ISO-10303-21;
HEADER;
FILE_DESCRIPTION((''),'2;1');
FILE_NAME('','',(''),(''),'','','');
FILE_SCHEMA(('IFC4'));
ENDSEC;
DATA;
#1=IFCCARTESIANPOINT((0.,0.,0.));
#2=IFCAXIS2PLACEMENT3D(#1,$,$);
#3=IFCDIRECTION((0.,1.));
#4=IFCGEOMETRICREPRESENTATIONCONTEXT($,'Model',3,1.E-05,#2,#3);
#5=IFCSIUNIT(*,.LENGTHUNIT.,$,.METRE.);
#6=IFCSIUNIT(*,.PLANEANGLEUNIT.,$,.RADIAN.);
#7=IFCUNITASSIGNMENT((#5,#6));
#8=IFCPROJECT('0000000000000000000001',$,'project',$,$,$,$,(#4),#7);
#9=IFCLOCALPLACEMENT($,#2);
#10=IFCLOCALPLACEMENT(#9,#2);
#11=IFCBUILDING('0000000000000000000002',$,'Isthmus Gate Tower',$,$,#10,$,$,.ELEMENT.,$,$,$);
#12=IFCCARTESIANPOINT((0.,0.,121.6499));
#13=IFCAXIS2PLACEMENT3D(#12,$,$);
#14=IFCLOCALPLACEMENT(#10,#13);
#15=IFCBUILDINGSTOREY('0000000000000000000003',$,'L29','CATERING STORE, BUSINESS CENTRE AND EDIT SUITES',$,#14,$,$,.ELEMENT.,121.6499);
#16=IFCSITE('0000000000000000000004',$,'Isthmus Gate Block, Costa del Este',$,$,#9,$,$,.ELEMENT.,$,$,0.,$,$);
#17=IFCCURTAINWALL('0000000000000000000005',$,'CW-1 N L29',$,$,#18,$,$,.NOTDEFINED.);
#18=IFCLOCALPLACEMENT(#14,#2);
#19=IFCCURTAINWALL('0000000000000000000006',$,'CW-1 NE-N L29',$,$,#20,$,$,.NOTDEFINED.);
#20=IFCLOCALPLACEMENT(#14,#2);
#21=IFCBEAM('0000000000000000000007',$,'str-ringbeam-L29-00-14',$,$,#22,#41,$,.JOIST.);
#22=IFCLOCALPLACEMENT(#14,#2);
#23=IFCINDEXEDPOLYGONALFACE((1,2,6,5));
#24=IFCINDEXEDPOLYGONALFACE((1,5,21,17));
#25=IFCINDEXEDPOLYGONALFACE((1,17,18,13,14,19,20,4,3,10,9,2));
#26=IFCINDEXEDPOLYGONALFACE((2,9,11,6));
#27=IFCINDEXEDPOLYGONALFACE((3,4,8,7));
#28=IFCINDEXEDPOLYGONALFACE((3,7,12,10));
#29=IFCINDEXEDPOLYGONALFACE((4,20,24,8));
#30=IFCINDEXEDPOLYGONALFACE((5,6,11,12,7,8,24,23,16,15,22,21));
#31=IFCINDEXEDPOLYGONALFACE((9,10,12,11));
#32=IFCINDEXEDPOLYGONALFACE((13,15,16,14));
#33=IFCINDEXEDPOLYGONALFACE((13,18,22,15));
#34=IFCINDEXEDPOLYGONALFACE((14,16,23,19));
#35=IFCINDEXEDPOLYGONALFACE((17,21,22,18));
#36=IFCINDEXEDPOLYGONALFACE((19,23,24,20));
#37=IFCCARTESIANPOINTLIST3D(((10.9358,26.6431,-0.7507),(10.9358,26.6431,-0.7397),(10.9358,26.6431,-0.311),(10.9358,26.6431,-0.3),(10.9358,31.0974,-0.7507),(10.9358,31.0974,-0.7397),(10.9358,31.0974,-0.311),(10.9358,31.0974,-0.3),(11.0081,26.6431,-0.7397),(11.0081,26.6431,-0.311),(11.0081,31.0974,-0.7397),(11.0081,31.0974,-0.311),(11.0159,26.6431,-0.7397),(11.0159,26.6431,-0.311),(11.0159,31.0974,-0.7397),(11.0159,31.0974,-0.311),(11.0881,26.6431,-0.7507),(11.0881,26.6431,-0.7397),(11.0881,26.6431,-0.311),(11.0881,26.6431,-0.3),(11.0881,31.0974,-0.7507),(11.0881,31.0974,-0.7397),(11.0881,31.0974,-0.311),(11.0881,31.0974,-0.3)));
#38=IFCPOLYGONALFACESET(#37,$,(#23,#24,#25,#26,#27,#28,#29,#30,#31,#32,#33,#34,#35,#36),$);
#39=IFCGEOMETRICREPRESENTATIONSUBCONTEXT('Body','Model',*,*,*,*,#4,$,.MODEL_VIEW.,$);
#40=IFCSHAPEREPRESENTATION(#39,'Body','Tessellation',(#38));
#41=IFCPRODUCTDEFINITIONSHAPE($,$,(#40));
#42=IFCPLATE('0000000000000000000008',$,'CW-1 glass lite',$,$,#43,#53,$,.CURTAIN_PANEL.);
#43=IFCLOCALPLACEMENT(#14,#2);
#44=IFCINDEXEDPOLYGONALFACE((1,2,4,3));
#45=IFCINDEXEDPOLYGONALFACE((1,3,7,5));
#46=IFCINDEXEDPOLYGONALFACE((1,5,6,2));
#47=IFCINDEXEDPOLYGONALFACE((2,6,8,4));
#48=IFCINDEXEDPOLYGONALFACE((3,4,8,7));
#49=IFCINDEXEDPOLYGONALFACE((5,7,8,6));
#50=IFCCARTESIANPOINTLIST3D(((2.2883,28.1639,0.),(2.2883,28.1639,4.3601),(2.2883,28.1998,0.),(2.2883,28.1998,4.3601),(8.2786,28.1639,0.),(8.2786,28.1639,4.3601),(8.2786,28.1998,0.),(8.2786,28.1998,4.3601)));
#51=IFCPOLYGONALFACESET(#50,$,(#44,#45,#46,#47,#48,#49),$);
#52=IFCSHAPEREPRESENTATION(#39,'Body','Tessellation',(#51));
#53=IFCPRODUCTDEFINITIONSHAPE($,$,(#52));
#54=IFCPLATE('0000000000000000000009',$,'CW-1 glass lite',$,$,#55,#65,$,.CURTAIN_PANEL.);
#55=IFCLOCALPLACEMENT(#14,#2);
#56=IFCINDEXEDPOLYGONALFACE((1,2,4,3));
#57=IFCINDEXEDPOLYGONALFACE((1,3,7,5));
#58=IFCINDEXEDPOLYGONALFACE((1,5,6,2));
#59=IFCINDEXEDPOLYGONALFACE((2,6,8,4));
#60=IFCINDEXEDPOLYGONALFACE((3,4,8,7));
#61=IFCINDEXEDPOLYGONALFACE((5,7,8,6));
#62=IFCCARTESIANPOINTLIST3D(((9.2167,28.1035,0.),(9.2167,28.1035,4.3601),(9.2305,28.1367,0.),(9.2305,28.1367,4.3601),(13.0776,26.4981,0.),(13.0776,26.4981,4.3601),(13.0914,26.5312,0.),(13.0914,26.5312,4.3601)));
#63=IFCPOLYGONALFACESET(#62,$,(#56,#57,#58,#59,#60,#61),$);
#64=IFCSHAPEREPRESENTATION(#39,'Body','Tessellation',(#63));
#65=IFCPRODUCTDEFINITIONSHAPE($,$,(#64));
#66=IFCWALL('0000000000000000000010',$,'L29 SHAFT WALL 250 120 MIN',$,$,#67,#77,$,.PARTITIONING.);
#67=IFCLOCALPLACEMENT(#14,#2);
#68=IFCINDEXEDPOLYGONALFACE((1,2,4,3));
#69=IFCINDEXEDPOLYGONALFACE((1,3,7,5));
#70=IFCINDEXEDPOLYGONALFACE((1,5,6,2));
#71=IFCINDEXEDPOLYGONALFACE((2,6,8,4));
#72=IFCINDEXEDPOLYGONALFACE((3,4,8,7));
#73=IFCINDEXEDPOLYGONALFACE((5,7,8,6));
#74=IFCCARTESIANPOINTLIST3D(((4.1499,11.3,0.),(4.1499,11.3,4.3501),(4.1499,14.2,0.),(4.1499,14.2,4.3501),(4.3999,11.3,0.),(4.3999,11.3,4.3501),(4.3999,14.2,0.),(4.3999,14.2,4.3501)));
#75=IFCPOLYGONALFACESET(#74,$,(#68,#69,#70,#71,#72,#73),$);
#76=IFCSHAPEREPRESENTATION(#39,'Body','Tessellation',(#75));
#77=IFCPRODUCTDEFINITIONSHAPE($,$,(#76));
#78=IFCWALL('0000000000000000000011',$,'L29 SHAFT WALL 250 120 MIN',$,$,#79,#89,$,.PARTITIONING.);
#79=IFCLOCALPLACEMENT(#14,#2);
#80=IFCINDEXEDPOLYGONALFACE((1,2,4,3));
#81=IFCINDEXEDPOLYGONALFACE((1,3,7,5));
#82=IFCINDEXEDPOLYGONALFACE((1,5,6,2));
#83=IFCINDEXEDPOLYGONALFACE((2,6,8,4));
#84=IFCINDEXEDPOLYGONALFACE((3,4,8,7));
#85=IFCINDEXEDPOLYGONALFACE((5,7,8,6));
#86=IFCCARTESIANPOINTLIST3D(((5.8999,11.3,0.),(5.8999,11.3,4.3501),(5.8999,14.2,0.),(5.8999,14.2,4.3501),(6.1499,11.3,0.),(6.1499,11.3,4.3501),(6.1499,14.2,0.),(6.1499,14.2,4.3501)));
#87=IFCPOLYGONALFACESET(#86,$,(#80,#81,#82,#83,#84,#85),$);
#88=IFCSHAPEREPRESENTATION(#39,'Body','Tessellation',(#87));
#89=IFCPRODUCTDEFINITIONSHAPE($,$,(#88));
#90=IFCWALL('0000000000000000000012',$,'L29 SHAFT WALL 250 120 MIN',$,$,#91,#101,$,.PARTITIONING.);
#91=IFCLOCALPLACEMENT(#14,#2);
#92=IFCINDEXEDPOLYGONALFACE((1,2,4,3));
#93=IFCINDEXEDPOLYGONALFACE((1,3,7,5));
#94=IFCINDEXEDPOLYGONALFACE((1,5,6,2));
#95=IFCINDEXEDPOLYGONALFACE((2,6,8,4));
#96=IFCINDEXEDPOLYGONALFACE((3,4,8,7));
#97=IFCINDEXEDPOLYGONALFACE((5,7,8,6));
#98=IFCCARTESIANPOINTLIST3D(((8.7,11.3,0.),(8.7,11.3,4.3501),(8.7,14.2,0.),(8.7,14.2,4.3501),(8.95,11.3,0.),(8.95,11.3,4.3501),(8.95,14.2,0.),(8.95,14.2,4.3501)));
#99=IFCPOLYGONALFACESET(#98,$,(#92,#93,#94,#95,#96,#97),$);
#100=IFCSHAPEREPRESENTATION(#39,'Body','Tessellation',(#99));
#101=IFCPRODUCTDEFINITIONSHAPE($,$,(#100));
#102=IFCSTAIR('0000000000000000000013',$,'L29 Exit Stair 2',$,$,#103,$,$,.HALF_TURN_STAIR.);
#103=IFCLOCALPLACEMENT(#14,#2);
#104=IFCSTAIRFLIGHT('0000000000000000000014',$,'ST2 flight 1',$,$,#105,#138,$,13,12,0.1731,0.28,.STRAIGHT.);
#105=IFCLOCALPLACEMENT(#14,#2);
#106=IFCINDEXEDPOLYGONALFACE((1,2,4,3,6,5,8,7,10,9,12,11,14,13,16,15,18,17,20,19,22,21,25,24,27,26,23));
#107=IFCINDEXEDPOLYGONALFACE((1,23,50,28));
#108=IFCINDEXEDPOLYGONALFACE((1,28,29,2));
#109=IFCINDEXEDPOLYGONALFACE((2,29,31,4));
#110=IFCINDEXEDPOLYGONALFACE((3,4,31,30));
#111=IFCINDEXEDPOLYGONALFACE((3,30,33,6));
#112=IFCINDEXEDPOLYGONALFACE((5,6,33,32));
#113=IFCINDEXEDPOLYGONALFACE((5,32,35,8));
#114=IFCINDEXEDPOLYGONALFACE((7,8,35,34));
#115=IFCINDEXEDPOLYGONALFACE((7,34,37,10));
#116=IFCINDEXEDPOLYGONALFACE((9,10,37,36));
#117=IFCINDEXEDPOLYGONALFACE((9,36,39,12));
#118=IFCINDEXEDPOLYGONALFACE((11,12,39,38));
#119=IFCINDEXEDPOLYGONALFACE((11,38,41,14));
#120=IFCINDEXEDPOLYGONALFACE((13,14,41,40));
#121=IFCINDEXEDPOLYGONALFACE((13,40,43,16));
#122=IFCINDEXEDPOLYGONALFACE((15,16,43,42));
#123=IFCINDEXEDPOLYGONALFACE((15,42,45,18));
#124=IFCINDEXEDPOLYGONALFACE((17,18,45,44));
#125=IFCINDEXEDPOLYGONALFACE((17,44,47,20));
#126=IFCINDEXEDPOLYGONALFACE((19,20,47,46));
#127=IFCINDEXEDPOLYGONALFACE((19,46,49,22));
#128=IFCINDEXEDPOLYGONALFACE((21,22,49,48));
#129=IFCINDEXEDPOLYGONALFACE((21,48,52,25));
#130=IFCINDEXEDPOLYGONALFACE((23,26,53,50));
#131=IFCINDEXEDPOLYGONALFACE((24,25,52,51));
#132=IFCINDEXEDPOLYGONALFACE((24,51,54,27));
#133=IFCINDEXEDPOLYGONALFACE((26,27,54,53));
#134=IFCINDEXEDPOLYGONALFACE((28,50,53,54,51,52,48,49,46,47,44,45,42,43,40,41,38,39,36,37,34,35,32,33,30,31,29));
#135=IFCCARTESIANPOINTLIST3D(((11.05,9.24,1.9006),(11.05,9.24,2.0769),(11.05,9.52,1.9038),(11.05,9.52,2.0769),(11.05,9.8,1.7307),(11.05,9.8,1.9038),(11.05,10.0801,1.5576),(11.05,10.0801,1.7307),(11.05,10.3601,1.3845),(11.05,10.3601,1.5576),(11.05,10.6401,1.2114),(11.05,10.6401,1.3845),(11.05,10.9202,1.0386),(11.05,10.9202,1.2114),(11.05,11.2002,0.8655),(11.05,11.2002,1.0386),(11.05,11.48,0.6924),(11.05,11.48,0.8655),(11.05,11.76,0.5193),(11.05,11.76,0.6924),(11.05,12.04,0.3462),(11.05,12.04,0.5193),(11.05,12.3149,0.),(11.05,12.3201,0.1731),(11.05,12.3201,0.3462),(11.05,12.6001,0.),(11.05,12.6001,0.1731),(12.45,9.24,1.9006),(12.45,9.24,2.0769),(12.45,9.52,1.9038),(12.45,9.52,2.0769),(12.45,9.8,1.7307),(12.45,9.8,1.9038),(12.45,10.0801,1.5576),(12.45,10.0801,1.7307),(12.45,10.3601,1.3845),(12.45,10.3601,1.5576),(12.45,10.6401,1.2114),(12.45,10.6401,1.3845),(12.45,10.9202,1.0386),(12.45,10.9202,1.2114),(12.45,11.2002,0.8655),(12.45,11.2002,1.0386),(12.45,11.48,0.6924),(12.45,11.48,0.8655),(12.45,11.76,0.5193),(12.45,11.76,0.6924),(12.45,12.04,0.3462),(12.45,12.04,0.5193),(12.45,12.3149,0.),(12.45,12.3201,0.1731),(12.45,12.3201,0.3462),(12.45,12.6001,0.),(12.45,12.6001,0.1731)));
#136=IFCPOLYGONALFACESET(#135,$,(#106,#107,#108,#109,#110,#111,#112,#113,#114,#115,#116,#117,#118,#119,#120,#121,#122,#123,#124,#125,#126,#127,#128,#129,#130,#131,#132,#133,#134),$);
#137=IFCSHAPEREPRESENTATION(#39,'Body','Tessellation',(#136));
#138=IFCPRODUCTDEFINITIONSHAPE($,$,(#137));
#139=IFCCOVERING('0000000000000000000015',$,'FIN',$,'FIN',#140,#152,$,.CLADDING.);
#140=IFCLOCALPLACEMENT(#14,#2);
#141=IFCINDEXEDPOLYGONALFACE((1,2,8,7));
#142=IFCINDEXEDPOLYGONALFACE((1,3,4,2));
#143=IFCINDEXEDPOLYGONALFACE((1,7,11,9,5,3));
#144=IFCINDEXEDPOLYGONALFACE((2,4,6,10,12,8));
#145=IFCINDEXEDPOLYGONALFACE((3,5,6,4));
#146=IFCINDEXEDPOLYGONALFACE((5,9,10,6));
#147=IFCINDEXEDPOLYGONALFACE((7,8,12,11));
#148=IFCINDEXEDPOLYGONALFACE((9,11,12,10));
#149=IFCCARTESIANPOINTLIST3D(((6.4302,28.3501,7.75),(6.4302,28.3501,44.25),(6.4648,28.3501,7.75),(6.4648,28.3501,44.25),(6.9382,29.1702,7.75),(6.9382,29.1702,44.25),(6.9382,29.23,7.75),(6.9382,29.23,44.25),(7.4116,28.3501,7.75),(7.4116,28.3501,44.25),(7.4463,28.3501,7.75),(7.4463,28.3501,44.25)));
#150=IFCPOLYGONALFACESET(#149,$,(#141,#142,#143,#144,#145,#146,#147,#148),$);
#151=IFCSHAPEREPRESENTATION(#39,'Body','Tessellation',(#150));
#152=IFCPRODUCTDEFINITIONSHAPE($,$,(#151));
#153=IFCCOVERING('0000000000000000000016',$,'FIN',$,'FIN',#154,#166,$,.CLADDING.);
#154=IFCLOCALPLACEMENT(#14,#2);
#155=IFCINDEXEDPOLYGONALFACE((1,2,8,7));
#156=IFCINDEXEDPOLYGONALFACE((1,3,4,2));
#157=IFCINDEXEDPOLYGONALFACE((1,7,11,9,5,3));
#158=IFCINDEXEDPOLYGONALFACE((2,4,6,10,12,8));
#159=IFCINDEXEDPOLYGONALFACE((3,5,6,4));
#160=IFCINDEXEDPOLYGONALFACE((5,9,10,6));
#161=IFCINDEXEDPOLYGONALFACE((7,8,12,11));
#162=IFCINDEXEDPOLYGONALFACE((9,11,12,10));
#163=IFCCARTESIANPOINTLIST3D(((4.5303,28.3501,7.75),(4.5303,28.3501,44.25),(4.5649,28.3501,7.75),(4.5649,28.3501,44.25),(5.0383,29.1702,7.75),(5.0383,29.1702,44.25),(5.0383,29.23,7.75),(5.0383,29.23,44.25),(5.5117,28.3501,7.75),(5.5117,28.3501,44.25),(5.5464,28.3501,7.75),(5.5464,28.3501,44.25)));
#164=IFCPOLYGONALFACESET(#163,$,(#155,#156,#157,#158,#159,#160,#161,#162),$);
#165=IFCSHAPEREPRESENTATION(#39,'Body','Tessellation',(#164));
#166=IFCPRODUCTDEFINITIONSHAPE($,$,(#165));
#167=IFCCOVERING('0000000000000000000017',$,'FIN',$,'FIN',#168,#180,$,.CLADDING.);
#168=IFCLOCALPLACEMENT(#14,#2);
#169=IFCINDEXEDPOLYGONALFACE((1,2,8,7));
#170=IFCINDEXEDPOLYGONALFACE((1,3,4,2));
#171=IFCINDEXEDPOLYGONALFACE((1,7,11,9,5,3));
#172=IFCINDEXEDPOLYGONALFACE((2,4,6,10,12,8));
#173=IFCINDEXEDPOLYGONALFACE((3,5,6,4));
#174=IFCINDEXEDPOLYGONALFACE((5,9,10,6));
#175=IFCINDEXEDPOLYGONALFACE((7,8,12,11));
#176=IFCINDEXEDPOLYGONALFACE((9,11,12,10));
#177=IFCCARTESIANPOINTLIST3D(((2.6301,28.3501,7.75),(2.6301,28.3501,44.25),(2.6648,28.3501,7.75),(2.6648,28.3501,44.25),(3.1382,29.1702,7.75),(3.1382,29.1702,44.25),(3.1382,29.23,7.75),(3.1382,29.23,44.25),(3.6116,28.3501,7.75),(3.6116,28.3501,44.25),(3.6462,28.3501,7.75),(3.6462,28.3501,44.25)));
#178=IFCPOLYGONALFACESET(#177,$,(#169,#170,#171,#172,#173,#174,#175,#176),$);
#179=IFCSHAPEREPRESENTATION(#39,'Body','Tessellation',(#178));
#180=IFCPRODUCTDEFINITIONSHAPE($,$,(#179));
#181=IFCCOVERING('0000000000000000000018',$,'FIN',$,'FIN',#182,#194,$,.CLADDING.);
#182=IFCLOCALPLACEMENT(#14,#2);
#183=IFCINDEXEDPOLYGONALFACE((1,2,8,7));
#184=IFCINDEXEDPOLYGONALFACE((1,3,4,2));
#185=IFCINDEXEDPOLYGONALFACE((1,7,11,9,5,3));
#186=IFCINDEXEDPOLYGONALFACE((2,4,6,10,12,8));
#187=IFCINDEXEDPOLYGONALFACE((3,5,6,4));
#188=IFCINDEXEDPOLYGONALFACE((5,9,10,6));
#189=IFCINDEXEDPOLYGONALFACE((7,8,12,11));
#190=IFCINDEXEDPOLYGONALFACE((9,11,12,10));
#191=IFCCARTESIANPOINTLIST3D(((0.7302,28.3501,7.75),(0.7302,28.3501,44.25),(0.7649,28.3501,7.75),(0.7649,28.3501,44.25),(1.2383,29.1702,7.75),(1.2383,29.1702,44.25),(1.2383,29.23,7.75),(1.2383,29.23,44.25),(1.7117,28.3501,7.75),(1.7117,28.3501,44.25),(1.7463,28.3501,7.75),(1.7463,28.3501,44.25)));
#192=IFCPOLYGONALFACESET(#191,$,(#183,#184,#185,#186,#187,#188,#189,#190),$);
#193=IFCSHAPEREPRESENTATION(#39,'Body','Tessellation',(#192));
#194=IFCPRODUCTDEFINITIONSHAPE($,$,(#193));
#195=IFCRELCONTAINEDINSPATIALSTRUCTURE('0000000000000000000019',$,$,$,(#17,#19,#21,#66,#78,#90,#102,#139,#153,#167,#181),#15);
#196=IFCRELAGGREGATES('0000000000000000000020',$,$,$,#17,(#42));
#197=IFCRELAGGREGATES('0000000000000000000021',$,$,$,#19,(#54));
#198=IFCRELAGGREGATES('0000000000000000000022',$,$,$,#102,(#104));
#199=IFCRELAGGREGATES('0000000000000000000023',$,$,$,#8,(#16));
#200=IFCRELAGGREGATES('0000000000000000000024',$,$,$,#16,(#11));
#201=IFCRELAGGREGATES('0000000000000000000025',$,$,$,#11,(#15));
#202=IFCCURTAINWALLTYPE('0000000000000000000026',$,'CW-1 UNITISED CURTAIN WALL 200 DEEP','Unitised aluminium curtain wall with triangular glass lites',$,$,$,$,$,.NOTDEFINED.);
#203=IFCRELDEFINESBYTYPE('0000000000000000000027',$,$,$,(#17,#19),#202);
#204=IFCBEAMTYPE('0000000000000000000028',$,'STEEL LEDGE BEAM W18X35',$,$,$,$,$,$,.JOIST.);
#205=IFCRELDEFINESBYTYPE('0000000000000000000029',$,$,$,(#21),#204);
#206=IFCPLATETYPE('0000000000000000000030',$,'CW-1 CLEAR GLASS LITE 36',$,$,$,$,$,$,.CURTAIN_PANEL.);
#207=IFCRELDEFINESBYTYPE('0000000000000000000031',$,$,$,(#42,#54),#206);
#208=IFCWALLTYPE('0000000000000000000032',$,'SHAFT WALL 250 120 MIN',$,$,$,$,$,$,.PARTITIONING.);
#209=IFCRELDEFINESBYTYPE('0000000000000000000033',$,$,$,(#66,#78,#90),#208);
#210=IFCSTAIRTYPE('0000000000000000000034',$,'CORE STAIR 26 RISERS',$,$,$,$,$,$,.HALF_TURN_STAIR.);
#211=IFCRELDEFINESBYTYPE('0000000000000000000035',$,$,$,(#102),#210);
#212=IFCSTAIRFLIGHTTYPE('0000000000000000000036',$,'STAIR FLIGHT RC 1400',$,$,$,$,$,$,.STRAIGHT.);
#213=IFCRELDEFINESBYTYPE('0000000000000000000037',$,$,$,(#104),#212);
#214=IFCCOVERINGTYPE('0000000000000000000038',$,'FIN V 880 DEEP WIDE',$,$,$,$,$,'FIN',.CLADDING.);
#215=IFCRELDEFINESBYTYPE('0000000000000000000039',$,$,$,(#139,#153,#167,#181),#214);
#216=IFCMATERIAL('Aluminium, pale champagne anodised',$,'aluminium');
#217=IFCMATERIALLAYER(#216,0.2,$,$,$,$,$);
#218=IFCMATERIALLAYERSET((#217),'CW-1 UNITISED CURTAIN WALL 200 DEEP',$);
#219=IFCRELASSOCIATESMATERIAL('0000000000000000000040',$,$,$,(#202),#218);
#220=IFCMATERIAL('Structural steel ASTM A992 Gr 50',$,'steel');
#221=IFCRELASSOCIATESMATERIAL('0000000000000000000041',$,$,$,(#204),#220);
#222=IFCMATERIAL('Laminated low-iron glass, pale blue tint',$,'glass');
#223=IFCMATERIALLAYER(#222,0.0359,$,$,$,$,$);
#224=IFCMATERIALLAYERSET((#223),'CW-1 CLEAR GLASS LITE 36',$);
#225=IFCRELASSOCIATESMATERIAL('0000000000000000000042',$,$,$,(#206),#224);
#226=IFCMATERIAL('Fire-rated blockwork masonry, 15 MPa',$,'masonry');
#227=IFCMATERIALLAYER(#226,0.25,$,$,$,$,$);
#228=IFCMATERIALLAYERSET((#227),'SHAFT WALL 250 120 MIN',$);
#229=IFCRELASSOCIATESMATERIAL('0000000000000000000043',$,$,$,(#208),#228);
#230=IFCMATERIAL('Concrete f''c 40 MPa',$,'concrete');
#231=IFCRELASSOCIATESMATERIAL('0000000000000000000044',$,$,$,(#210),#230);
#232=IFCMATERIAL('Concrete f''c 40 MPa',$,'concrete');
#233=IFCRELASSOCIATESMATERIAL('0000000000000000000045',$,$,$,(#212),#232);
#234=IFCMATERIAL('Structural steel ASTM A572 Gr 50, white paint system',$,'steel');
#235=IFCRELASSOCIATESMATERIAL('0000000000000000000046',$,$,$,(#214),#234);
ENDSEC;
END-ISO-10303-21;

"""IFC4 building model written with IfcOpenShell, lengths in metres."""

from ifc_helpers import new_model, si_unit, direction, frame, frame_2d, origin, origin_2d, place, context, subcontext, project, spatial, polyline, rectangle, i_section, outline, extrude, material, layer, layer_set, material_profile, profile_set, type_object, element, aggregate, save


model = new_model("IFC4")

# Units and contexts
model_context = context("Model", 3, precision=1e-05, world=origin(), true_north=direction((0.0, 1.0)))
body_context = subcontext(model_context, "Body", "Model", "MODEL_VIEW")
ifc_project = project(units=[si_unit("LENGTHUNIT", "METRE"), si_unit("PLANEANGLEUNIT", "RADIAN")], contexts=[model_context])

# Site, building, storey
site_placement = place(None, origin())
site = spatial("IfcSite", under=ifc_project, at=site_placement, Name="Isthmus Gate Block, Costa del Este", CompositionType="ELEMENT", RefElevation=0.0)
building_placement = place(site_placement, origin())
building = spatial("IfcBuilding", under=site, at=building_placement, Name="Isthmus Gate Tower", CompositionType="ELEMENT")
storey_placement = place(building_placement, frame((0.0, 0.0, 121.6499)))
storey = spatial("IfcBuildingStorey", under=building, at=storey_placement, Name="L29", Description="CATERING STORE, BUSINESS CENTRE AND EDIT SUITES", CompositionType="ELEMENT", Elevation=121.6499)

# Curtain walls
ifc_material_1 = material(Name="Aluminium, pale champagne anodised", Category="aluminium")
ifc_layer_1 = layer(ifc_material_1, 0.2)
ifc_layer_set_1 = layer_set([ifc_layer_1], Name="CW-1 UNITISED CURTAIN WALL 200 DEEP")
curtain_wall_type = type_object("IfcCurtainWallType", Name="CW-1 UNITISED CURTAIN WALL 200 DEEP", Description="Unitised aluminium curtain wall with triangular glass lites", PredefinedType="NOTDEFINED", material=ifc_layer_set_1)
curtain_wall_1_placement = place(storey_placement, origin())
curtain_wall_1 = element("IfcCurtainWall", 1, at=curtain_wall_1_placement, inside=storey, type_object=curtain_wall_type, Name="CW-1 N L29", PredefinedType="NOTDEFINED")
curtain_wall_2_placement = place(storey_placement, origin())
curtain_wall_2 = element("IfcCurtainWall", 2, at=curtain_wall_2_placement, inside=storey, type_object=curtain_wall_type, Name="CW-1 NE-N L29", PredefinedType="NOTDEFINED")

# Beam
ifc_material_2 = material(Name="Structural steel ASTM A992 Gr 50", Category="steel")
ifc_material_profile_1 = material_profile(ifc_material_2, i_section(OverallWidth=0.1523, OverallDepth=0.4507, WebThickness=0.0078, FlangeThickness=0.011, at=origin_2d()), Name="W18X35")
ifc_profile_set_1 = profile_set([ifc_material_profile_1], Name="Structural steel ASTM A992 Gr 50")
beam_type_1 = type_object("IfcBeamType", Name="STEEL LEDGE BEAM W18X35", PredefinedType="JOIST", material=ifc_profile_set_1)
beam_1_placement = place(storey_placement, frame((11.012, 26.6431, -0.5254), z_axis=(0.0, 1.0, 0.0), x_axis=(-1.0, 0.0, 0.0)))
element("IfcBeam", 3, at=beam_1_placement, inside=storey, type_object=beam_type_1, Name="str-ringbeam-L29-00-14", PredefinedType="JOIST", context=body_context, shape_type="SweptSolid", body=[
    extrude(i_section(OverallWidth=0.1523, OverallDepth=0.4507, WebThickness=0.0078, FlangeThickness=0.011, at=origin_2d()), origin(), (0.0, 0.0, 1.0), 4.4543),
])

# Plates
ifc_material_3 = material(Name="Laminated low-iron glass, pale blue tint", Category="glass")
ifc_layer_2 = layer(ifc_material_3, 0.0359)
ifc_layer_set_2 = layer_set([ifc_layer_2], Name="CW-1 CLEAR GLASS LITE 36")
plate_type = type_object("IfcPlateType", Name="CW-1 CLEAR GLASS LITE 36", PredefinedType="CURTAIN_PANEL", material=ifc_layer_set_2)
plate_1_placement = place(storey_placement, frame((5.2834, 28.1819, 0.0), z_axis=(0.0, 0.0, 1.0), x_axis=(-1.0, 0.0, 0.0)))
plate_1 = element("IfcPlate", 4, at=plate_1_placement, type_object=plate_type, Name="CW-1 glass lite", PredefinedType="CURTAIN_PANEL", context=body_context, shape_type="SweptSolid", body=[
    extrude(rectangle(XDim=5.9902, YDim=0.0359, at=origin_2d()), origin(), (0.0, 0.0, 1.0), 4.3601),
])
aggregate(curtain_wall_1, [plate_1])
plate_2_placement = place(storey_placement, frame((11.1541, 27.3174, 0.0), z_axis=(0.0, 0.0, 1.0), x_axis=(-0.923353, 0.383952, 0.0)))
plate_2 = element("IfcPlate", 5, at=plate_2_placement, type_object=plate_type, Name="CW-1 glass lite", PredefinedType="CURTAIN_PANEL", context=body_context, shape_type="SweptSolid", body=[
    extrude(rectangle(XDim=4.1814, YDim=0.0359, at=origin_2d()), origin(), (0.0, 0.0, 1.0), 4.3601),
])
aggregate(curtain_wall_2, [plate_2])

# Walls
ifc_material_4 = material(Name="Fire-rated blockwork masonry, 15 MPa", Category="masonry")
ifc_layer_3 = layer(ifc_material_4, 0.25)
ifc_layer_set_3 = layer_set([ifc_layer_3], Name="SHAFT WALL 250 120 MIN")
wall_type = type_object("IfcWallType", Name="SHAFT WALL 250 120 MIN", PredefinedType="PARTITIONING", material=ifc_layer_set_3)
for number, where, z_axis, x_axis, name in (
    (6, (4.2749, 11.3, 0.0), (0.0, 0.0, 1.0), (0.0, 1.0, 0.0), "L29 SHAFT WALL 250 120 MIN"),
    (7, (6.0249, 11.3, 0.0), (0.0, 0.0, 1.0), (0.0, 1.0, 0.0), "L29 SHAFT WALL 250 120 MIN"),
    (8, (8.825, 11.3, 0.0), (0.0, 0.0, 1.0), (0.0, 1.0, 0.0), "L29 SHAFT WALL 250 120 MIN"),
):
    element("IfcWall", number, at=place(storey_placement, frame(where, z_axis=z_axis, x_axis=x_axis)), inside=storey, type_object=wall_type, Name=name, PredefinedType="PARTITIONING", context=body_context, shape_type="SweptSolid", body=[
        extrude(rectangle(XDim=2.8999, YDim=0.25, at=frame_2d((1.45, 0.0))), origin(), (0.0, 0.0, 1.0), 4.3501),
    ])

# Stair, stair flight
ifc_material_5 = material(Name="Concrete f'c 40 MPa", Category="concrete")
stair_type = type_object("IfcStairType", Name="CORE STAIR 26 RISERS", PredefinedType="HALF_TURN_STAIR", material=ifc_material_5)
stair_placement = place(storey_placement, origin())
stair = element("IfcStair", 9, at=stair_placement, inside=storey, type_object=stair_type, Name="L29 Exit Stair 2", PredefinedType="HALF_TURN_STAIR")
ifc_material_6 = material(Name="Concrete f'c 40 MPa", Category="concrete")
stair_flight_type = type_object("IfcStairFlightType", Name="STAIR FLIGHT RC 1400", PredefinedType="STRAIGHT", material=ifc_material_6)
stair_flight_placement = place(storey_placement, frame((11.75, 12.6001, 0.0), z_axis=(0.0, 0.0, 1.0), x_axis=(0.0, -1.0, 0.0)))
stair_flight = element("IfcStairFlight", 10, at=stair_flight_placement, type_object=stair_flight_type, Name="ST2 flight 1", NumberOfRisers=13, NumberOfTreads=12, PredefinedType="STRAIGHT", RiserHeight=0.1731, TreadLength=0.28, context=body_context, shape_type="SweptSolid", body=[
    extrude(outline(polyline([(0.0, 0.0), (0.0, 0.1731), (0.28, 0.1731), (0.28, 0.3462), (0.5601, 0.3462), (0.5601, 0.5193), (0.8401, 0.5193), (0.8401, 0.6924), (1.1201, 0.6924), (1.1201, 0.8655), (1.3999, 0.8655), (1.3999, 1.0386), (1.6799, 1.0386), (1.6799, 1.2114), (1.96, 1.2114), (1.96, 1.3845), (2.24, 1.3845), (2.24, 1.5576), (2.52, 1.5576), (2.52, 1.7307), (2.8, 1.7307), (2.8, 1.9038), (3.0801, 1.9038), (3.0801, 2.0769), (3.3601, 2.0769), (3.3601, 2.25), (3.3601, 1.9006), (0.2852, 0.0), (0.0, 0.0)])), frame((0.0, 0.7, 0.0), z_axis=(0.0, -1.0, 0.0), x_axis=(1.0, 0.0, 0.0)), (0.0, 0.0, 1.0), 1.3999),
])
aggregate(stair, [stair_flight])

# Coverings
ifc_material_7 = material(Name="Structural steel ASTM A572 Gr 50, white paint system", Category="steel")
ifc_material_profile_2 = material_profile(ifc_material_7, outline(polyline([(0.0, -0.5081), (0.8799, 0.0), (0.0, 0.5081), (0.0, 0.4734), (0.8201, 0.0), (0.0, -0.4734), (0.0, -0.5081)])), Name="V880W")
ifc_profile_set_2 = profile_set([ifc_material_profile_2], Name="Structural steel ASTM A572 Gr 50, white paint system")
covering_type = type_object("IfcCoveringType", Name="FIN V 880 DEEP WIDE", ElementType="FIN", PredefinedType="CLADDING", material=ifc_profile_set_2)
for number, where, z_axis, x_axis, name in (
    (11, (6.9382, 28.3501, 7.75), (0.0, 0.0, 1.0), (0.0, 1.0, 0.0), "FIN"),
    (12, (5.0383, 28.3501, 7.75), (0.0, 0.0, 1.0), (0.0, 1.0, 0.0), "FIN"),
    (13, (3.1382, 28.3501, 7.75), (0.0, 0.0, 1.0), (0.0, 1.0, 0.0), "FIN"),
    (14, (1.2383, 28.3501, 7.75), (0.0, 0.0, 1.0), (0.0, 1.0, 0.0), "FIN"),
):
    element("IfcCovering", number, at=place(storey_placement, frame(where, z_axis=z_axis, x_axis=x_axis)), inside=storey, type_object=covering_type, Name=name, ObjectType="FIN", PredefinedType="CLADDING", context=body_context, shape_type="SweptSolid", body=[
        extrude(outline(polyline([(0.0, -0.5081), (0.8799, 0.0), (0.0, 0.5081), (0.0, 0.4734), (0.8201, 0.0), (0.0, -0.4734), (0.0, -0.5081)])), origin(), (0.0, 0.0, 1.0), 36.5),
    ])

save(model, "model.ifc")
